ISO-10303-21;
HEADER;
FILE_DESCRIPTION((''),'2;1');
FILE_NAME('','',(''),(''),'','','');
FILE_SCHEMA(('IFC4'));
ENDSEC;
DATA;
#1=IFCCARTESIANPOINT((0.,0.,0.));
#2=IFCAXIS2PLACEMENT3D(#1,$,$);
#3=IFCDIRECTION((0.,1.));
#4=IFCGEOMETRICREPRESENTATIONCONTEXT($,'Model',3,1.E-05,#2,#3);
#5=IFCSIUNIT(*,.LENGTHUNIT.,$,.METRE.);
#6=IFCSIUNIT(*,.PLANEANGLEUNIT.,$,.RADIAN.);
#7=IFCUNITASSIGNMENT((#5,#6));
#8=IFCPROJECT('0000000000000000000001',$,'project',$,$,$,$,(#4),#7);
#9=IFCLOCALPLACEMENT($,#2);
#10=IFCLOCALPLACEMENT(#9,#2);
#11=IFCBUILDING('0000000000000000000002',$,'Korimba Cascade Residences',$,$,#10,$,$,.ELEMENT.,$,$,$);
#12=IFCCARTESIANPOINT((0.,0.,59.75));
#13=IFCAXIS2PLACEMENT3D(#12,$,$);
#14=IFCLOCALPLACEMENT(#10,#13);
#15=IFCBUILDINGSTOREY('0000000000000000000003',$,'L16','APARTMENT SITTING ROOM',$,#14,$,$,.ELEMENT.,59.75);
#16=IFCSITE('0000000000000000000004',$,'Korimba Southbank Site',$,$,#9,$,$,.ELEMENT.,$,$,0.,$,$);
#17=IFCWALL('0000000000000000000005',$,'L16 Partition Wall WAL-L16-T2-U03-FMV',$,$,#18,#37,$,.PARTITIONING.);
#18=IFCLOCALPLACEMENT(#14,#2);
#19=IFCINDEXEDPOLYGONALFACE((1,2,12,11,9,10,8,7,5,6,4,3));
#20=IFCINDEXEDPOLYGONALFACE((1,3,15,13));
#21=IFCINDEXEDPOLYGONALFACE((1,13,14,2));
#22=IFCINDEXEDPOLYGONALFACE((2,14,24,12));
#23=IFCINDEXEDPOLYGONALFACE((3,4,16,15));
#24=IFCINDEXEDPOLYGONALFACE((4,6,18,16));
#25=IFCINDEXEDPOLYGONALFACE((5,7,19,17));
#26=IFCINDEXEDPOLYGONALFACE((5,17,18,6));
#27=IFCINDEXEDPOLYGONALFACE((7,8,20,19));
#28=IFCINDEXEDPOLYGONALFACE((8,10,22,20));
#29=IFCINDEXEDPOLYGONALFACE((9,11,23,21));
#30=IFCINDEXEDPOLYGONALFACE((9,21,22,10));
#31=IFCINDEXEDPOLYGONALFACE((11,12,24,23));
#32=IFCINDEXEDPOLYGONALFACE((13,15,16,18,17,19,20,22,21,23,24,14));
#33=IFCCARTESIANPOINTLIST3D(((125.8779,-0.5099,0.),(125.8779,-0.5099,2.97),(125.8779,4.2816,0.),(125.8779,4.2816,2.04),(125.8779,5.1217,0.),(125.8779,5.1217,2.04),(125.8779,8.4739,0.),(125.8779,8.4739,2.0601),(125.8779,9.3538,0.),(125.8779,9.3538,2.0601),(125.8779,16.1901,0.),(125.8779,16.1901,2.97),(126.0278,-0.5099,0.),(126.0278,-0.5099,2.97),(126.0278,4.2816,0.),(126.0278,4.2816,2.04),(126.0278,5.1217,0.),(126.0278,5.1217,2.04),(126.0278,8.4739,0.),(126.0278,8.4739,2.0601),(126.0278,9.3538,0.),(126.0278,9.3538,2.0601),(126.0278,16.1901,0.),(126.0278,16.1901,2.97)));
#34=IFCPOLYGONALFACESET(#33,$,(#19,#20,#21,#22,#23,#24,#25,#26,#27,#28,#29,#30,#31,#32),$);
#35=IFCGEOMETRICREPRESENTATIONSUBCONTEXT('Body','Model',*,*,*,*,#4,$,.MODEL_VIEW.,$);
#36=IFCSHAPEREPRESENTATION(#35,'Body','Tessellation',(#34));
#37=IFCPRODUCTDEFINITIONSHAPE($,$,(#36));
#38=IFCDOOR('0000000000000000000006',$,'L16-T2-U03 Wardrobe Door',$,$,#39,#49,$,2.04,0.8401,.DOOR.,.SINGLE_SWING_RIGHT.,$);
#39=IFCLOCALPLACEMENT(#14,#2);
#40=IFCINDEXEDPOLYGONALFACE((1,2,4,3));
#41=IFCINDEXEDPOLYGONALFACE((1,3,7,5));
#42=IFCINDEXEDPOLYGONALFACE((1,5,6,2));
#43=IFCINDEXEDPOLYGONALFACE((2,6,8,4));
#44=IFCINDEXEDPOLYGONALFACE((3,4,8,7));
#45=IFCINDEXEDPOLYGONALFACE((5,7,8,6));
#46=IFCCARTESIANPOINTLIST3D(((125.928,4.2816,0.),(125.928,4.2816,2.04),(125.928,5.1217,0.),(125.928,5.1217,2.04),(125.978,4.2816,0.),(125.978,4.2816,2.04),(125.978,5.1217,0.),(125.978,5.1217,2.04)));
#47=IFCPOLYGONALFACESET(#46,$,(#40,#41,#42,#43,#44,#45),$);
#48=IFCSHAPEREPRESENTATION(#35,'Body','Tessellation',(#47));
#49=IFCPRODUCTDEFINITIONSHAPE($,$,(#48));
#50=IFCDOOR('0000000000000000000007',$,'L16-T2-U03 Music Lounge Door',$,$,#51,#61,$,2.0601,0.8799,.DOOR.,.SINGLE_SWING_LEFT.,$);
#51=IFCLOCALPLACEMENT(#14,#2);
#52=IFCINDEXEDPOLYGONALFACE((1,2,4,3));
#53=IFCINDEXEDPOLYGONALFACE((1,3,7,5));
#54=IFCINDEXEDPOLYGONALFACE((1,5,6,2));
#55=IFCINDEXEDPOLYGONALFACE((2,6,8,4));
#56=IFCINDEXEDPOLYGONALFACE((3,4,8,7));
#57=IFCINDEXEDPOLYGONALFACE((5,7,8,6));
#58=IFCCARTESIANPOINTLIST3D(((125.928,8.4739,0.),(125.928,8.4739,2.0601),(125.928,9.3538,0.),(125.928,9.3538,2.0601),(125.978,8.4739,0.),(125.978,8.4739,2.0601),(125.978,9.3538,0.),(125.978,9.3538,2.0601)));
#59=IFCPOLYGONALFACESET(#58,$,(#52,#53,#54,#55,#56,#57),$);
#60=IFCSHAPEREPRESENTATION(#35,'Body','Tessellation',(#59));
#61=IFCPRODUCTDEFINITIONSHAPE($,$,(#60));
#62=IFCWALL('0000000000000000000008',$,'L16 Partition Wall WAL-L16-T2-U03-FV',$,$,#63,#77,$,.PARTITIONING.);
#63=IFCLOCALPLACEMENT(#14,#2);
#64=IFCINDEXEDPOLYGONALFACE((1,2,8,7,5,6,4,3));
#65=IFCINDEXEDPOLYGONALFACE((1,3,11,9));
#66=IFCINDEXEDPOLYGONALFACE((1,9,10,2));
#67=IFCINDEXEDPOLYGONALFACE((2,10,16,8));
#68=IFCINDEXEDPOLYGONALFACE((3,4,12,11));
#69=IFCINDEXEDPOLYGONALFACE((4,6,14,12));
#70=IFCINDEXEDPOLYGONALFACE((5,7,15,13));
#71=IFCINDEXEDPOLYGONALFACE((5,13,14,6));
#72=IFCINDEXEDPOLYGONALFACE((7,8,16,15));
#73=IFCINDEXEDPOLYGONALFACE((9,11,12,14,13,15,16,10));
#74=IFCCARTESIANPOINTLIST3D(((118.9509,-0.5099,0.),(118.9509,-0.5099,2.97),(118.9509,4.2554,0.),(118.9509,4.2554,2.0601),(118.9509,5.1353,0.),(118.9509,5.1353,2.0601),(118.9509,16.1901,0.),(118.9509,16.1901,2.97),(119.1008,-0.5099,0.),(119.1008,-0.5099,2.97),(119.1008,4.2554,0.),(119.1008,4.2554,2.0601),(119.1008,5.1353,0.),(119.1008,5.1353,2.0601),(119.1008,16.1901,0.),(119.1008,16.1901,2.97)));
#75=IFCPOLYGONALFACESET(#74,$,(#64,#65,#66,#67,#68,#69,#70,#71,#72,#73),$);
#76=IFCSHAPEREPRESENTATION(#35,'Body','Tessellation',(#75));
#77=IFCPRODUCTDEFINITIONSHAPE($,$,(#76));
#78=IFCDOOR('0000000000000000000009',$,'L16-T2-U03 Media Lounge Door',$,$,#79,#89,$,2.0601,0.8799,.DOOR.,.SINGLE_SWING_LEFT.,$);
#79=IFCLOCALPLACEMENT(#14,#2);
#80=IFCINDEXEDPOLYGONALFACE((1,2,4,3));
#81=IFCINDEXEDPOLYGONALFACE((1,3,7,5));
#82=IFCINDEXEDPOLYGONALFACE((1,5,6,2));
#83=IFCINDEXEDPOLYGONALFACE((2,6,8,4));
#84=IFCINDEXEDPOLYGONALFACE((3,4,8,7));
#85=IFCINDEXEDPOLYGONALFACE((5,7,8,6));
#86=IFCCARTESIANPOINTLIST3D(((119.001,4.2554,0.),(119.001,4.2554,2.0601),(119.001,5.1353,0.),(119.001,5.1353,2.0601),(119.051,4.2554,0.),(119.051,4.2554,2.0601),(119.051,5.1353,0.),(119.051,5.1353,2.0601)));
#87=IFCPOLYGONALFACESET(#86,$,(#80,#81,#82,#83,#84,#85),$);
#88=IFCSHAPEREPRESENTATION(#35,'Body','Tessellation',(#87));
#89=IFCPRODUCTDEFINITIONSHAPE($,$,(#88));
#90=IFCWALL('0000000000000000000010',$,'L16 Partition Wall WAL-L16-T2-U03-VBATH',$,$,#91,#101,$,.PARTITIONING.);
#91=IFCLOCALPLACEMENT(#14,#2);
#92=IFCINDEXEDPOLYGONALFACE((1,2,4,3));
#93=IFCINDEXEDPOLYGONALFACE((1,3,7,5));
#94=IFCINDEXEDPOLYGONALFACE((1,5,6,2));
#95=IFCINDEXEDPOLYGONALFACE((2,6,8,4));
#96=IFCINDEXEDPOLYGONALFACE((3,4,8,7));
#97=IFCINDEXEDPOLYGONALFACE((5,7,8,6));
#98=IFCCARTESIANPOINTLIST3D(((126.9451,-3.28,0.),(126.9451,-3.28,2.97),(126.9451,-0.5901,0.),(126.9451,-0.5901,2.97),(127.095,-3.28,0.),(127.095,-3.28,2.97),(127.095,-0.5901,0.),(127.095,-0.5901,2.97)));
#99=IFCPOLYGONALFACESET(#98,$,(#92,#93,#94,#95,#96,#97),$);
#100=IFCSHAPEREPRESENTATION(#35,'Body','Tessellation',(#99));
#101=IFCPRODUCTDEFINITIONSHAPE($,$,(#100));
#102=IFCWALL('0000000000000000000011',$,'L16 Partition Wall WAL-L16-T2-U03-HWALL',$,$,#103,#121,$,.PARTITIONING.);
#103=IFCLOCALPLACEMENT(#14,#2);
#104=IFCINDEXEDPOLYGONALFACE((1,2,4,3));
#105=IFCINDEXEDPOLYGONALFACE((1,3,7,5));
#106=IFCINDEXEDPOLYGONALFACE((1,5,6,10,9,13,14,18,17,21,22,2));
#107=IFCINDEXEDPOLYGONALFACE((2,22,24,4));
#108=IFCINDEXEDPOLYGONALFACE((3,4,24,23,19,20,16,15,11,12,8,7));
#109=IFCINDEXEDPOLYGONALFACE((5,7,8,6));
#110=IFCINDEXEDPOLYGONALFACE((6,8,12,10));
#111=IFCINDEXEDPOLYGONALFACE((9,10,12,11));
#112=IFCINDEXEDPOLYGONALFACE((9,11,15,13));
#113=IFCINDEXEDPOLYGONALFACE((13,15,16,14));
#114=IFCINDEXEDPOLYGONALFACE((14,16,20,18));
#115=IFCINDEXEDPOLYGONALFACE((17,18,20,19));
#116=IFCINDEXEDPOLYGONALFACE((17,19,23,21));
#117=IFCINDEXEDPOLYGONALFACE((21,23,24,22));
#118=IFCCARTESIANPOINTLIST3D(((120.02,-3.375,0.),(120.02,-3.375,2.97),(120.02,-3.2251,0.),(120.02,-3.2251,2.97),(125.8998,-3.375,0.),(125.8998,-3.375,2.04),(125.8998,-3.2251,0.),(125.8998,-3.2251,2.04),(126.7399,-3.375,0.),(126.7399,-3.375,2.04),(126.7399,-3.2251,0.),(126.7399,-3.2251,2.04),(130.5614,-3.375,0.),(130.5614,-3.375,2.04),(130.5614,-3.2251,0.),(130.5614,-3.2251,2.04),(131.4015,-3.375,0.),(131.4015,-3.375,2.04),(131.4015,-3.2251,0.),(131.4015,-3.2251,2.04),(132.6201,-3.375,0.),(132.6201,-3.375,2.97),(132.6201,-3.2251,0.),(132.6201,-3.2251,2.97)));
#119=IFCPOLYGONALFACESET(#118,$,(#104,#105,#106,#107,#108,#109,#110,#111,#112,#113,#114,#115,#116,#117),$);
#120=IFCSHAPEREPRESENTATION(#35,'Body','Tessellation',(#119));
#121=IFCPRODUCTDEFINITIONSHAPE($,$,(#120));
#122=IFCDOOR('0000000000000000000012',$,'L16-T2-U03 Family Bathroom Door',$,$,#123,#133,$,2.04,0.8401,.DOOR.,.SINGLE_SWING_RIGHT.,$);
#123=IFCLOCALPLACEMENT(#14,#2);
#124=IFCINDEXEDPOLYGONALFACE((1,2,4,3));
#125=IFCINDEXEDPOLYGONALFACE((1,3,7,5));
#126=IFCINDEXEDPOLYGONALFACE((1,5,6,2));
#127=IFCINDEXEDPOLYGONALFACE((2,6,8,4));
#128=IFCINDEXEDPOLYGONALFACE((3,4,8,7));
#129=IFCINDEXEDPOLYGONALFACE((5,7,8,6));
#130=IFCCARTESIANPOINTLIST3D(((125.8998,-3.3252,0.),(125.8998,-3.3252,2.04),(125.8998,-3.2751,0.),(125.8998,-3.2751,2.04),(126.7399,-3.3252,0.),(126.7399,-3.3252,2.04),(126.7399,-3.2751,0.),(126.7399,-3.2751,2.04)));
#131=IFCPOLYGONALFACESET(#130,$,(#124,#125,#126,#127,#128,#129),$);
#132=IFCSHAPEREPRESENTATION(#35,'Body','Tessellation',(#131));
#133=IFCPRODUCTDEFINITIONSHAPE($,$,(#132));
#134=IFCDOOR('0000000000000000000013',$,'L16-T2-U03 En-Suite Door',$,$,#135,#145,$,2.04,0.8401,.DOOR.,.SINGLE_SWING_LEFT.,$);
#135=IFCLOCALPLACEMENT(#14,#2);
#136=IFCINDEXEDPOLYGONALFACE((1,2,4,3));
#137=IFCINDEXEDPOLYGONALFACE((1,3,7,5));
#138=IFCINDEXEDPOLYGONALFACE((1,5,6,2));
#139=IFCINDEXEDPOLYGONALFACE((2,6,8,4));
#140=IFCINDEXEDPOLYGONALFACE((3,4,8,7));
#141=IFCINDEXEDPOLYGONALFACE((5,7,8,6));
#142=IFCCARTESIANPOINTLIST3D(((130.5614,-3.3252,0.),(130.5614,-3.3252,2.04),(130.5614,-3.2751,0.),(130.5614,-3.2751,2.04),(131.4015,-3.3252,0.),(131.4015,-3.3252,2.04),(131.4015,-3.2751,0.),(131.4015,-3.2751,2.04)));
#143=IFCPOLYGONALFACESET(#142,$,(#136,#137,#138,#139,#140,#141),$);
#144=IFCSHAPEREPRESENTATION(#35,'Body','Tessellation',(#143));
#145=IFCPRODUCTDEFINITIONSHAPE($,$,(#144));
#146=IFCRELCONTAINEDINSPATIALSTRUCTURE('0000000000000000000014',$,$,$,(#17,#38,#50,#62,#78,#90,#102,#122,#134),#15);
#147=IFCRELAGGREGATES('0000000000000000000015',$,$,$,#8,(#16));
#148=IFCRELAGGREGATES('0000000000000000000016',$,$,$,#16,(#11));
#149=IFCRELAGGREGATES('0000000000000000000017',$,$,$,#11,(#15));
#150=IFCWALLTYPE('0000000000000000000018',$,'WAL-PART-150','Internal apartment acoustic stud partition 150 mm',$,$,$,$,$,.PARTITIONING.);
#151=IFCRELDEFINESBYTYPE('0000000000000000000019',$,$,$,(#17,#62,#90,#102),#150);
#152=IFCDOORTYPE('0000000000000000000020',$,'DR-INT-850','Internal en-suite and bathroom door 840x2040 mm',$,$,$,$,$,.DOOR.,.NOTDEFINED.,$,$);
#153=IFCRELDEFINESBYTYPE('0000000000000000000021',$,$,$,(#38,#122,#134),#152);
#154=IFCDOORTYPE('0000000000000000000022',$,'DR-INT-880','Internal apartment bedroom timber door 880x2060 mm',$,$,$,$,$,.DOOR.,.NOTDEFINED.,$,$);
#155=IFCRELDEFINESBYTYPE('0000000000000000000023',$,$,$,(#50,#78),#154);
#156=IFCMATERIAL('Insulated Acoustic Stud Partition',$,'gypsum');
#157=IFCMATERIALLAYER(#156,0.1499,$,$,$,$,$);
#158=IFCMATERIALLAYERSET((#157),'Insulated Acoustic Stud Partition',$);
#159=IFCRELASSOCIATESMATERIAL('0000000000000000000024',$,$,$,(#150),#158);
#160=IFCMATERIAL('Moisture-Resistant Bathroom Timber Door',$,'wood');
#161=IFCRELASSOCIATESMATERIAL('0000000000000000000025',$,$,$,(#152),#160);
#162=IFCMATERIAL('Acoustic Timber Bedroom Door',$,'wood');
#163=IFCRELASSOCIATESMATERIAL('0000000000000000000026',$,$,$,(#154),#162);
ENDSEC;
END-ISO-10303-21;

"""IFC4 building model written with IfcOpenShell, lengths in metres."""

from ifc_helpers import new_model, si_unit, direction, frame, frame_2d, origin, place, context, subcontext, project, spatial, rectangle, extrude, material, layer, layer_set, type_object, element, fill, save


model = new_model("IFC4")

# Units and contexts
model_context = context("Model", 3, precision=1e-05, world=origin(), true_north=direction((0.0, 1.0)))
body_context = subcontext(model_context, "Body", "Model", "MODEL_VIEW")
ifc_project = project(units=[si_unit("LENGTHUNIT", "METRE"), si_unit("PLANEANGLEUNIT", "RADIAN")], contexts=[model_context])

# Site, building, storey
site_placement = place(None, origin())
site = spatial("IfcSite", under=ifc_project, at=site_placement, Name="Korimba Southbank Site", CompositionType="ELEMENT", RefElevation=0.0)
building_placement = place(site_placement, origin())
building = spatial("IfcBuilding", under=site, at=building_placement, Name="Korimba Cascade Residences", CompositionType="ELEMENT")
storey_placement = place(building_placement, frame((0.0, 0.0, 59.75)))
storey = spatial("IfcBuildingStorey", under=building, at=storey_placement, Name="L16", Description="APARTMENT SITTING ROOM", CompositionType="ELEMENT", Elevation=59.75)

# Wall, openings, doors
ifc_material_1 = material(Name="Insulated Acoustic Stud Partition", Category="gypsum")
ifc_layer = layer(ifc_material_1, 0.1499)
ifc_layer_set = layer_set([ifc_layer], Name="Insulated Acoustic Stud Partition")
wall_type = type_object("IfcWallType", Name="WAL-PART-150", Description="Internal apartment acoustic stud partition 150 mm", PredefinedType="PARTITIONING", material=ifc_layer_set)
wall_1_placement = place(storey_placement, frame((125.9529, -0.51, 0.0), z_axis=(0.0, 0.0, 1.0), x_axis=(0.0, 1.0, 0.0)))
wall_1 = element("IfcWall", 1, at=wall_1_placement, inside=storey, type_object=wall_type, Name="L16 Partition Wall WAL-L16-T2-U03-FMV", PredefinedType="PARTITIONING", context=body_context, shape_type="SweptSolid", body=[
    extrude(rectangle(XDim=16.7, YDim=0.1499, at=frame_2d((8.3501, 0.0))), origin(), (0.0, 0.0, 1.0), 2.97),
])
opening_1_placement = place(wall_1_placement, frame((4.7917, 0.0, 0.0)))
opening_1 = element("IfcOpeningElement", 2, at=opening_1_placement, cuts=wall_1, PredefinedType="OPENING", context=body_context, shape_type="SweptSolid", body=[
    extrude(rectangle(XDim=0.8401, YDim=2.04, at=frame_2d((0.4199, 1.02))), frame((0.0, 0.085, 0.0), z_axis=(0.0, -1.0, 0.0), x_axis=(1.0, 0.0, 0.0)), (0.0, 0.0, 1.0), 0.1699),
])
opening_2_placement = place(wall_1_placement, frame((8.9839, 0.0, 0.0)))
opening_2 = element("IfcOpeningElement", 3, at=opening_2_placement, cuts=wall_1, PredefinedType="OPENING", context=body_context, shape_type="SweptSolid", body=[
    extrude(rectangle(XDim=0.8799, YDim=2.0601, at=frame_2d((0.4399, 1.03))), frame((0.0, 0.085, 0.0), z_axis=(0.0, -1.0, 0.0), x_axis=(1.0, 0.0, 0.0)), (0.0, 0.0, 1.0), 0.1699),
])
ifc_material_2 = material(Name="Moisture-Resistant Bathroom Timber Door", Category="wood")
door_type_1 = type_object("IfcDoorType", Name="DR-INT-850", Description="Internal en-suite and bathroom door 840x2040 mm", OperationType="NOTDEFINED", PredefinedType="DOOR", material=ifc_material_2)
door_1_placement = place(opening_1_placement, origin())
door_1 = element("IfcDoor", 4, at=door_1_placement, inside=storey, type_object=door_type_1, Name="L16-T2-U03 Wardrobe Door", OperationType="SINGLE_SWING_RIGHT", OverallHeight=2.04, OverallWidth=0.8401, PredefinedType="DOOR", context=body_context, shape_type="SweptSolid", body=[
    extrude(rectangle(XDim=0.8401, YDim=2.04, at=frame_2d((0.4199, 1.02))), frame((0.0, 0.0249, 0.0), z_axis=(0.0, -1.0, 0.0), x_axis=(1.0, 0.0, 0.0)), (0.0, 0.0, 1.0), 0.05),
])
fill(opening_1, door_1)
ifc_material_3 = material(Name="Acoustic Timber Bedroom Door", Category="wood")
door_type_2 = type_object("IfcDoorType", Name="DR-INT-880", Description="Internal apartment bedroom timber door 880x2060 mm", OperationType="NOTDEFINED", PredefinedType="DOOR", material=ifc_material_3)
door_2_placement = place(opening_2_placement, origin())
door_2 = element("IfcDoor", 5, at=door_2_placement, inside=storey, type_object=door_type_2, Name="L16-T2-U03 Music Lounge Door", OperationType="SINGLE_SWING_LEFT", OverallHeight=2.0601, OverallWidth=0.8799, PredefinedType="DOOR", context=body_context, shape_type="SweptSolid", body=[
    extrude(rectangle(XDim=0.8799, YDim=2.0601, at=frame_2d((0.4399, 1.03))), frame((0.0, 0.0249, 0.0), z_axis=(0.0, -1.0, 0.0), x_axis=(1.0, 0.0, 0.0)), (0.0, 0.0, 1.0), 0.05),
])
fill(opening_2, door_2)

# Wall, opening, door
wall_2_placement = place(storey_placement, frame((119.0259, -0.51, 0.0), z_axis=(0.0, 0.0, 1.0), x_axis=(0.0, 1.0, 0.0)))
wall_2 = element("IfcWall", 6, at=wall_2_placement, inside=storey, type_object=wall_type, Name="L16 Partition Wall WAL-L16-T2-U03-FV", PredefinedType="PARTITIONING", context=body_context, shape_type="SweptSolid", body=[
    extrude(rectangle(XDim=16.7, YDim=0.1499, at=frame_2d((8.3501, 0.0))), origin(), (0.0, 0.0, 1.0), 2.97),
])
opening_3_placement = place(wall_2_placement, frame((4.7654, 0.0, 0.0)))
opening_3 = element("IfcOpeningElement", 7, at=opening_3_placement, cuts=wall_2, PredefinedType="OPENING", context=body_context, shape_type="SweptSolid", body=[
    extrude(rectangle(XDim=0.8799, YDim=2.0601, at=frame_2d((0.4399, 1.03))), frame((0.0, 0.085, 0.0), z_axis=(0.0, -1.0, 0.0), x_axis=(1.0, 0.0, 0.0)), (0.0, 0.0, 1.0), 0.1699),
])
door_3_placement = place(opening_3_placement, origin())
door_3 = element("IfcDoor", 8, at=door_3_placement, inside=storey, type_object=door_type_2, Name="L16-T2-U03 Media Lounge Door", OperationType="SINGLE_SWING_LEFT", OverallHeight=2.0601, OverallWidth=0.8799, PredefinedType="DOOR", context=body_context, shape_type="SweptSolid", body=[
    extrude(rectangle(XDim=0.8799, YDim=2.0601, at=frame_2d((0.4399, 1.03))), frame((0.0, 0.0249, 0.0), z_axis=(0.0, -1.0, 0.0), x_axis=(1.0, 0.0, 0.0)), (0.0, 0.0, 1.0), 0.05),
])
fill(opening_3, door_3)

# Wall
wall_3_placement = place(storey_placement, frame((127.02, -3.28, 0.0), z_axis=(0.0, 0.0, 1.0), x_axis=(0.0, 1.0, 0.0)))
element("IfcWall", 9, at=wall_3_placement, inside=storey, type_object=wall_type, Name="L16 Partition Wall WAL-L16-T2-U03-VBATH", PredefinedType="PARTITIONING", context=body_context, shape_type="SweptSolid", body=[
    extrude(rectangle(XDim=2.6899, YDim=0.1499, at=frame_2d((1.345, 0.0))), origin(), (0.0, 0.0, 1.0), 2.97),
])

# Wall, openings, doors
wall_4_placement = place(storey_placement, frame((120.02, -3.3, 0.0), z_axis=(0.0, 0.0, 1.0), x_axis=(1.0, 0.0, 0.0)))
wall_4 = element("IfcWall", 10, at=wall_4_placement, inside=storey, type_object=wall_type, Name="L16 Partition Wall WAL-L16-T2-U03-HWALL", PredefinedType="PARTITIONING", context=body_context, shape_type="SweptSolid", body=[
    extrude(rectangle(XDim=12.6001, YDim=0.1499, at=frame_2d((6.3, 0.0))), origin(), (0.0, 0.0, 1.0), 2.97),
])
opening_4_placement = place(wall_4_placement, frame((5.8799, 0.0, 0.0)))
opening_4 = element("IfcOpeningElement", 11, at=opening_4_placement, cuts=wall_4, PredefinedType="OPENING", context=body_context, shape_type="SweptSolid", body=[
    extrude(rectangle(XDim=0.8401, YDim=2.04, at=frame_2d((0.4199, 1.02))), frame((0.0, 0.085, 0.0), z_axis=(0.0, -1.0, 0.0), x_axis=(1.0, 0.0, 0.0)), (0.0, 0.0, 1.0), 0.1699),
])
opening_5_placement = place(wall_4_placement, frame((10.5415, 0.0, 0.0)))
opening_5 = element("IfcOpeningElement", 12, at=opening_5_placement, cuts=wall_4, PredefinedType="OPENING", context=body_context, shape_type="SweptSolid", body=[
    extrude(rectangle(XDim=0.8401, YDim=2.04, at=frame_2d((0.4199, 1.02))), frame((0.0, 0.085, 0.0), z_axis=(0.0, -1.0, 0.0), x_axis=(1.0, 0.0, 0.0)), (0.0, 0.0, 1.0), 0.1699),
])
door_4_placement = place(opening_4_placement, origin())
door_4 = element("IfcDoor", 13, at=door_4_placement, inside=storey, type_object=door_type_1, Name="L16-T2-U03 Family Bathroom Door", OperationType="SINGLE_SWING_RIGHT", OverallHeight=2.04, OverallWidth=0.8401, PredefinedType="DOOR", context=body_context, shape_type="SweptSolid", body=[
    extrude(rectangle(XDim=0.8401, YDim=2.04, at=frame_2d((0.4199, 1.02))), frame((0.0, 0.0249, 0.0), z_axis=(0.0, -1.0, 0.0), x_axis=(1.0, 0.0, 0.0)), (0.0, 0.0, 1.0), 0.05),
])
fill(opening_4, door_4)
door_5_placement = place(opening_5_placement, origin())
door_5 = element("IfcDoor", 14, at=door_5_placement, inside=storey, type_object=door_type_1, Name="L16-T2-U03 En-Suite Door", OperationType="SINGLE_SWING_LEFT", OverallHeight=2.04, OverallWidth=0.8401, PredefinedType="DOOR", context=body_context, shape_type="SweptSolid", body=[
    extrude(rectangle(XDim=0.8401, YDim=2.04, at=frame_2d((0.4199, 1.02))), frame((0.0, 0.0249, 0.0), z_axis=(0.0, -1.0, 0.0), x_axis=(1.0, 0.0, 0.0)), (0.0, 0.0, 1.0), 0.05),
])
fill(opening_5, door_5)

save(model, "model.ifc")
